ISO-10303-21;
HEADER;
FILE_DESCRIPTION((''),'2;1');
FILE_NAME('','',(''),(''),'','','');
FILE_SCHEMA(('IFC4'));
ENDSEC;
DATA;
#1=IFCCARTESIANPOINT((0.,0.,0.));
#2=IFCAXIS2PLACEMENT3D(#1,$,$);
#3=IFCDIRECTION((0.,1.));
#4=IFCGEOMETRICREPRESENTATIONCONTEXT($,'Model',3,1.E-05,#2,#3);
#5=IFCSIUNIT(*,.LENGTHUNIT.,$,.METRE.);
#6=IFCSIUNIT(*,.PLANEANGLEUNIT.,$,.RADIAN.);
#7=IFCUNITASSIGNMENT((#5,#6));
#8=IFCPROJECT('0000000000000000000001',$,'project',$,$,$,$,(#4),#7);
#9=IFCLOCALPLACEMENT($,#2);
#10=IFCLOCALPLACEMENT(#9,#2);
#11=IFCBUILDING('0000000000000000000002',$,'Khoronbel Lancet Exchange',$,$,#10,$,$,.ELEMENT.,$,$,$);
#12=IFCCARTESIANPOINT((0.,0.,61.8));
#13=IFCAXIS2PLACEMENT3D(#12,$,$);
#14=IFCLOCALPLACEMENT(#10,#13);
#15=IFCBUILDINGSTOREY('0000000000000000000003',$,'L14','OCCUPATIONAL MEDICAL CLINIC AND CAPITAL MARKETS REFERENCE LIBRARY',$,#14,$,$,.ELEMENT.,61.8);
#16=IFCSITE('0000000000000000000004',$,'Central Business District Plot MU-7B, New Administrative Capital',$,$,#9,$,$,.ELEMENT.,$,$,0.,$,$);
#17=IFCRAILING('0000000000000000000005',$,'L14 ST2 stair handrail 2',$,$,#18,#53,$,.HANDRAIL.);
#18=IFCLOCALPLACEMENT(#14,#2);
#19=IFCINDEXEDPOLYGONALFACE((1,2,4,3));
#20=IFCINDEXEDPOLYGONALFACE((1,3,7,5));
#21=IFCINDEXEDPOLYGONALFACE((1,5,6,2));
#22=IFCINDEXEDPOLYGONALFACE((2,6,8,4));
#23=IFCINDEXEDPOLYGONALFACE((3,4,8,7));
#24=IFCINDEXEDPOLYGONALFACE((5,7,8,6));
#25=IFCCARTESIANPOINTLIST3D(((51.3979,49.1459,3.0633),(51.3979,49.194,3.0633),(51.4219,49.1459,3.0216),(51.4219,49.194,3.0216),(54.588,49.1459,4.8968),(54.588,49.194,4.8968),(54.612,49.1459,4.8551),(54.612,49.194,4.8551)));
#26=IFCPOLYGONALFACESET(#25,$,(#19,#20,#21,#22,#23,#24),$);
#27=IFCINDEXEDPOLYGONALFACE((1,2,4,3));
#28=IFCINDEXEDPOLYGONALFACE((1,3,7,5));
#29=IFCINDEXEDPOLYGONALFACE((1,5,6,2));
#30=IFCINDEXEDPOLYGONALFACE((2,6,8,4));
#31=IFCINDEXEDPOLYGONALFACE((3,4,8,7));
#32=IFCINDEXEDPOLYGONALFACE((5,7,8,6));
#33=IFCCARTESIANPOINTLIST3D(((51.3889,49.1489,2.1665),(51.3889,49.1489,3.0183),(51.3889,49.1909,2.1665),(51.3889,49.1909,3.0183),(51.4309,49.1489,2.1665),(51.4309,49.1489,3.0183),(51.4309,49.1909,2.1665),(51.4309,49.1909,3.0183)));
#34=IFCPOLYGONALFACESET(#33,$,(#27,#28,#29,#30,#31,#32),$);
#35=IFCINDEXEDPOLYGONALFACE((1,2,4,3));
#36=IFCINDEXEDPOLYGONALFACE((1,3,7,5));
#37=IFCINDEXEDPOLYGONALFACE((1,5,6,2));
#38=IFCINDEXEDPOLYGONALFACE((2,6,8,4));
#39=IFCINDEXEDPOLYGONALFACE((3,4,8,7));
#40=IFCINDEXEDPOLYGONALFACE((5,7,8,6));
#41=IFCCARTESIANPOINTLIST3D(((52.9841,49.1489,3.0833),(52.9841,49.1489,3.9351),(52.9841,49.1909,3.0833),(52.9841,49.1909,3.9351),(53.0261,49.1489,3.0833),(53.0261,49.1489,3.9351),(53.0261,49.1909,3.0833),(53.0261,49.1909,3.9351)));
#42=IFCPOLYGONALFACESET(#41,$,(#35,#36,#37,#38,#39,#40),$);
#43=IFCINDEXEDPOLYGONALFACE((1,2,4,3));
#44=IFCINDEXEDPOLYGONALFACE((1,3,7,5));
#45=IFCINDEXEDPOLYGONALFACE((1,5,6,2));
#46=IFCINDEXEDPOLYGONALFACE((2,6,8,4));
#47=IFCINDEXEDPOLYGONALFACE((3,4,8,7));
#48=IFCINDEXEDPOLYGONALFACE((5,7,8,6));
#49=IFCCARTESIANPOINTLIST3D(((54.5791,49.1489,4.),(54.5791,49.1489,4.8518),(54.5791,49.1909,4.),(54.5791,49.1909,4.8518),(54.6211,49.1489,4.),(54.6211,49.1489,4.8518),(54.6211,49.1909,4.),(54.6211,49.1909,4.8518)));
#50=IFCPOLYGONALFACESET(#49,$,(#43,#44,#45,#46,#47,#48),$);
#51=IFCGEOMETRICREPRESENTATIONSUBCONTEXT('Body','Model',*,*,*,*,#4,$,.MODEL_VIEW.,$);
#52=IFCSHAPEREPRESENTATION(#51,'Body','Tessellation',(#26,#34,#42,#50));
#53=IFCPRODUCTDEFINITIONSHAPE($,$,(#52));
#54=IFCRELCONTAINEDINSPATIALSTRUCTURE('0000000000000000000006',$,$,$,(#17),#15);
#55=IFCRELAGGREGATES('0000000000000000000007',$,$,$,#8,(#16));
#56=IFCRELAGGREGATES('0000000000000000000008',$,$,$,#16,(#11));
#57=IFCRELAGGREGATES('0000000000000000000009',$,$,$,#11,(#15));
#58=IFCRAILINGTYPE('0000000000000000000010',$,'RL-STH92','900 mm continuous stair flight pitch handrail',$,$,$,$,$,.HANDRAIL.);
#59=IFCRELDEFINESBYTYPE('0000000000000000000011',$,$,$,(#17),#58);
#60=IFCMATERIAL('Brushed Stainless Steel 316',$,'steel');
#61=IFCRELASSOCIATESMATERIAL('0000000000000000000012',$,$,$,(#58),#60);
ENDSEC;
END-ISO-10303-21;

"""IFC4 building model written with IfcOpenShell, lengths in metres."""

from ifc_helpers import new_model, si_unit, direction, frame, origin, origin_2d, place, context, subcontext, project, spatial, rectangle, extrude, material, type_object, element, save


model = new_model("IFC4")

# Units and contexts
model_context = context("Model", 3, precision=1e-05, world=origin(), true_north=direction((0.0, 1.0)))
body_context = subcontext(model_context, "Body", "Model", "MODEL_VIEW")
ifc_project = project(units=[si_unit("LENGTHUNIT", "METRE"), si_unit("PLANEANGLEUNIT", "RADIAN")], contexts=[model_context])

# Site, building, storey
site_placement = place(None, origin())
site = spatial("IfcSite", under=ifc_project, at=site_placement, Name="Central Business District Plot MU-7B, New Administrative Capital", CompositionType="ELEMENT", RefElevation=0.0)
building_placement = place(site_placement, origin())
building = spatial("IfcBuilding", under=site, at=building_placement, Name="Khoronbel Lancet Exchange", CompositionType="ELEMENT")
storey_placement = place(building_placement, frame((0.0, 0.0, 61.8)))
storey = spatial("IfcBuildingStorey", under=building, at=storey_placement, Name="L14", Description="OCCUPATIONAL MEDICAL CLINIC AND CAPITAL MARKETS REFERENCE LIBRARY", CompositionType="ELEMENT", Elevation=61.8)

# Railing
ifc_material_1 = material(Name="Brushed Stainless Steel 316", Category="steel")
railing_type_1 = type_object("IfcRailingType", Name="RL-STH92", Description="900 mm continuous stair flight pitch handrail", PredefinedType="HANDRAIL", material=ifc_material_1)
railing_1_placement = place(storey_placement, frame((51.4099, 49.1699, 2.1665)))
element("IfcRailing", 1, at=railing_1_placement, inside=storey, type_object=railing_type_1, Name="L14 ST2 stair handrail 2", PredefinedType="HANDRAIL", context=body_context, shape_type="SweptSolid", body=[
    extrude(rectangle(XDim=0.0481, YDim=0.0481, at=origin_2d()), frame((0.0, 0.0, 0.876), z_axis=(0.867007, 0.0, 0.498295), x_axis=(0.0, 1.0, 0.0)), (0.0, 0.0, 1.0), 3.6794),
    extrude(rectangle(XDim=0.042, YDim=0.042, at=origin_2d()), origin(), (0.0, 0.0, 1.0), 0.8518),
    extrude(rectangle(XDim=0.042, YDim=0.042, at=origin_2d()), frame((1.5952, 0.0, 0.9167)), (0.0, 0.0, 1.0), 0.8518),
    extrude(rectangle(XDim=0.042, YDim=0.042, at=origin_2d()), frame((3.1902, 0.0, 1.8335)), (0.0, 0.0, 1.0), 0.8518),
])

save(model, "model.ifc")
